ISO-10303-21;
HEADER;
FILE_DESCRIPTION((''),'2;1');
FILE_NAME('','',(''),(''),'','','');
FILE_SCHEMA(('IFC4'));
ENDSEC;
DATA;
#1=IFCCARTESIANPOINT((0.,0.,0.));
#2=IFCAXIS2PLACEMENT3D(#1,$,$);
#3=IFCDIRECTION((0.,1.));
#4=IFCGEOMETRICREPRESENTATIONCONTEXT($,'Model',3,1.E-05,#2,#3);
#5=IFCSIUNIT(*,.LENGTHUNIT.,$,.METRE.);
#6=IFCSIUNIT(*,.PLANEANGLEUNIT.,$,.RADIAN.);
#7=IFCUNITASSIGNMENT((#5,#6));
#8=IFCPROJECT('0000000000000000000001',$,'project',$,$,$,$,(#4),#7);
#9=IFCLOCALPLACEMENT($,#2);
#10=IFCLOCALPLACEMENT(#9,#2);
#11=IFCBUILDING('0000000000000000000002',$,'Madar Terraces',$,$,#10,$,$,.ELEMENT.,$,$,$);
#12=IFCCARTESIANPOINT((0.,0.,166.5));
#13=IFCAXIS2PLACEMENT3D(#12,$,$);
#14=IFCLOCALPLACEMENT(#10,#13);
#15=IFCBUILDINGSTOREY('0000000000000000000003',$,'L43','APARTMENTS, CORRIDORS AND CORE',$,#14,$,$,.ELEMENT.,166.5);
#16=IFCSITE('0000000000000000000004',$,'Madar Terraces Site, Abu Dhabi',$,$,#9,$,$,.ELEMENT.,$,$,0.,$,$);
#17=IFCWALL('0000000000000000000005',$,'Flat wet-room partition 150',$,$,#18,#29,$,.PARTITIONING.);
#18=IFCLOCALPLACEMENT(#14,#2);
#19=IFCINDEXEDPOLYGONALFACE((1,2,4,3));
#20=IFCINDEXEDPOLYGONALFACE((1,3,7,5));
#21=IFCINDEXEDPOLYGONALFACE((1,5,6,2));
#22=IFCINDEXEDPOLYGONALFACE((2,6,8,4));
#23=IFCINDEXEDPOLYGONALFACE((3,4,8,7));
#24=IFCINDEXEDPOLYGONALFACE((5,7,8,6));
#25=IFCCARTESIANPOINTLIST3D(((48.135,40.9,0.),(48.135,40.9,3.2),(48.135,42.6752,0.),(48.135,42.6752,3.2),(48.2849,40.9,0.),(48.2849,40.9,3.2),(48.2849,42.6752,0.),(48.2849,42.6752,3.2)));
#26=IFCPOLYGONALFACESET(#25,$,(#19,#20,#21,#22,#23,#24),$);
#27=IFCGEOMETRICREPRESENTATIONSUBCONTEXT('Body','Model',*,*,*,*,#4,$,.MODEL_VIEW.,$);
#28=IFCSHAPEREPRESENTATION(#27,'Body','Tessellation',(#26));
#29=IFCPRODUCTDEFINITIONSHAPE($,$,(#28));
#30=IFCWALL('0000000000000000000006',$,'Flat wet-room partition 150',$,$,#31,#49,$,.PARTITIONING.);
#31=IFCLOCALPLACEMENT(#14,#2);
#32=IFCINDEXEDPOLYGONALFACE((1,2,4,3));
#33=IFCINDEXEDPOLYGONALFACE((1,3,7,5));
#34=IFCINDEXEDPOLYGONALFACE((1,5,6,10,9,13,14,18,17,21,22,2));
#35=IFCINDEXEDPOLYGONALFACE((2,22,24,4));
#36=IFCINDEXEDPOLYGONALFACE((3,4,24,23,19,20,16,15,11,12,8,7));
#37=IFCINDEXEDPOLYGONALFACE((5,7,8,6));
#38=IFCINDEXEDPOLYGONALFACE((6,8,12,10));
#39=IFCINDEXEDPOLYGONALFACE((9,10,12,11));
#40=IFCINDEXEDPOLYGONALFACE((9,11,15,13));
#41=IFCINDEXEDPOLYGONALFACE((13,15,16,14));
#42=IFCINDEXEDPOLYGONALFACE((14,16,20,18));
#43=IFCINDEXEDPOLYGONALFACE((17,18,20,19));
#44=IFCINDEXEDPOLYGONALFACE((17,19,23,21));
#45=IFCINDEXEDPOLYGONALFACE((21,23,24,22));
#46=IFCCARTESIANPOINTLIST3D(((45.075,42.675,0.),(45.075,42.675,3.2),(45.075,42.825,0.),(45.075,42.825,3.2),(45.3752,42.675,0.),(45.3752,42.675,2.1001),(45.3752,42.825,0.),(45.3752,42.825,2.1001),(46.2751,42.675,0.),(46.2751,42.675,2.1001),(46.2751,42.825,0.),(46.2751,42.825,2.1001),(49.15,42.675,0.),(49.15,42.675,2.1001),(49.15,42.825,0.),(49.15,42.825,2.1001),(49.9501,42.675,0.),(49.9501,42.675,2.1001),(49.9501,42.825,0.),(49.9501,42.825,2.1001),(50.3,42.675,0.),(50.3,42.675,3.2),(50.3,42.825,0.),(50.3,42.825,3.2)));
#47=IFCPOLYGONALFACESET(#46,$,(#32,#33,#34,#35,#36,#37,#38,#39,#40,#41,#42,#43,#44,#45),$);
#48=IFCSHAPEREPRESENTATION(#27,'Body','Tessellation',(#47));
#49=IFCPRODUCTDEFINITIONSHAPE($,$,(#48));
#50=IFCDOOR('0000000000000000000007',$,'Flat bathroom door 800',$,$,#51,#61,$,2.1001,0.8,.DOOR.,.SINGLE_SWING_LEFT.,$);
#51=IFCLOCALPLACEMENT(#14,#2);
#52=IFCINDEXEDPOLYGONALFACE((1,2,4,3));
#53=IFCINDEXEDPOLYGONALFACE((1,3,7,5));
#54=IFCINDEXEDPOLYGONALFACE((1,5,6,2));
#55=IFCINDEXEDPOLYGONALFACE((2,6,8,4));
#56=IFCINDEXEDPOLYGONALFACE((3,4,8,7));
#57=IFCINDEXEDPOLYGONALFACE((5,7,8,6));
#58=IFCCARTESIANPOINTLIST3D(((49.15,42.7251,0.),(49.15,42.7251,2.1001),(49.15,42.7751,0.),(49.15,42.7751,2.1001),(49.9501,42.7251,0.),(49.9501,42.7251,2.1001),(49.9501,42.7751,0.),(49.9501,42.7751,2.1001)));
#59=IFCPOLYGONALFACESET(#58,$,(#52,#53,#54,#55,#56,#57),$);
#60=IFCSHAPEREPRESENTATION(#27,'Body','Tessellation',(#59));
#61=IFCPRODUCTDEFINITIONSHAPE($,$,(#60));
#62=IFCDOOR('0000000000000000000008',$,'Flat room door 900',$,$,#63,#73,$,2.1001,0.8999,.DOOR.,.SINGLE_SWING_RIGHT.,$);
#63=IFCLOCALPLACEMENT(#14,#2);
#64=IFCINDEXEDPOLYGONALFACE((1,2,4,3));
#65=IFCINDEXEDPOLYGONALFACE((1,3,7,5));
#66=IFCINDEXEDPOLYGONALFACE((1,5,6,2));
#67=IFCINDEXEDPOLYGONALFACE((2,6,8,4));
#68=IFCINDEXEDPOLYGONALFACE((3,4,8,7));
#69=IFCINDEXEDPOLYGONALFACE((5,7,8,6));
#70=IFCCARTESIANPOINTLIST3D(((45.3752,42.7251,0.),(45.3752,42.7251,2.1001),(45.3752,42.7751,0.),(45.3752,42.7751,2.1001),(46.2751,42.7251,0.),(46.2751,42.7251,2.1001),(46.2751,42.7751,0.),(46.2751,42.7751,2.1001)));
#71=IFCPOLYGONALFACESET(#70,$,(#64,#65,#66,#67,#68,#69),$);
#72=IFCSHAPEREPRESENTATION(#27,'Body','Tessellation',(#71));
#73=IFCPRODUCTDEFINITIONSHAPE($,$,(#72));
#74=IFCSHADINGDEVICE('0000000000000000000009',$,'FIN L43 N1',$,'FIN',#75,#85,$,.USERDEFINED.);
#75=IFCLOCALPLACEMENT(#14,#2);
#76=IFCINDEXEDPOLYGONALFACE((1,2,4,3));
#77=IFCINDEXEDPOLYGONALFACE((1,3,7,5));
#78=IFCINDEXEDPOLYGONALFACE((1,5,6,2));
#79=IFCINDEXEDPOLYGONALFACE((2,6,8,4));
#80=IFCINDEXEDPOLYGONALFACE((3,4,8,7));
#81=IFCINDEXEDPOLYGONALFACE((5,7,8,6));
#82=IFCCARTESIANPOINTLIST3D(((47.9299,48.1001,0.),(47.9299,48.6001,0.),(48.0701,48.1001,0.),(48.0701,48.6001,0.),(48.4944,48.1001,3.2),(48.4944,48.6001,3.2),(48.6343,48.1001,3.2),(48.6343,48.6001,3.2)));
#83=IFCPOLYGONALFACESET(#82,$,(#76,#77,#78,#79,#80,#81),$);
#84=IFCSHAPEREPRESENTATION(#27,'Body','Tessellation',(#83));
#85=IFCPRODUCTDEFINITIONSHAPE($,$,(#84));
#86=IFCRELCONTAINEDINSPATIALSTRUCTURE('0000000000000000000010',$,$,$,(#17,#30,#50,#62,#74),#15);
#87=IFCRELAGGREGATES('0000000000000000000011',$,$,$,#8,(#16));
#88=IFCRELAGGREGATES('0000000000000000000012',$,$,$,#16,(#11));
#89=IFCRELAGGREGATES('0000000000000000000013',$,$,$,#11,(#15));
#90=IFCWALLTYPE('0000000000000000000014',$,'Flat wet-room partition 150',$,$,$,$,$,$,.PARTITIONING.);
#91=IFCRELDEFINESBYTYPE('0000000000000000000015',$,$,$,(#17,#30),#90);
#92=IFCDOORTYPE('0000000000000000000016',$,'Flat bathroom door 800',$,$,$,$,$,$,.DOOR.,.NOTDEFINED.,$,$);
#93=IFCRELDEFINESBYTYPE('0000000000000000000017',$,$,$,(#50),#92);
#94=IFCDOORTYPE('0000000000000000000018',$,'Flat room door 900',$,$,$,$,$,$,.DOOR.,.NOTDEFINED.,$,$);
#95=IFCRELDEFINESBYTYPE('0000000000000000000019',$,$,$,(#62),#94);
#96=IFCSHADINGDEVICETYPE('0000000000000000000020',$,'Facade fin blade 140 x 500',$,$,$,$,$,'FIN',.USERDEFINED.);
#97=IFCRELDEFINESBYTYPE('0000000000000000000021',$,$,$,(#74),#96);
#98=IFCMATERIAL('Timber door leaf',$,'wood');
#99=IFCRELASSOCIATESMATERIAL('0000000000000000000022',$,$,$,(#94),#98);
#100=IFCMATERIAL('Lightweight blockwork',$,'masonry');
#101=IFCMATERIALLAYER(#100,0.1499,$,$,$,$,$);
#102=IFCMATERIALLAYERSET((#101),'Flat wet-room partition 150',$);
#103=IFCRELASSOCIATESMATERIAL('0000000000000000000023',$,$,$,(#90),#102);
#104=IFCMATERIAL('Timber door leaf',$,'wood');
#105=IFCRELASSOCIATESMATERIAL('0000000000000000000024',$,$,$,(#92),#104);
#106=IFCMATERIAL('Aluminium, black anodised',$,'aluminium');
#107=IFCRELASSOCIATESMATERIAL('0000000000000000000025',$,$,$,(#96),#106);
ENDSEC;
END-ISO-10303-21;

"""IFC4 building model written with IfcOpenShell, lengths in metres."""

from ifc_helpers import new_model, si_unit, direction, frame, frame_2d, origin, place, context, subcontext, project, spatial, polyline, rectangle, outline, extrude, material, layer, layer_set, type_object, element, fill, save


model = new_model("IFC4")

# Units and contexts
model_context = context("Model", 3, precision=1e-05, world=origin(), true_north=direction((0.0, 1.0)))
body_context = subcontext(model_context, "Body", "Model", "MODEL_VIEW")
ifc_project = project(units=[si_unit("LENGTHUNIT", "METRE"), si_unit("PLANEANGLEUNIT", "RADIAN")], contexts=[model_context])

# Site, building, storey
site_placement = place(None, origin())
site = spatial("IfcSite", under=ifc_project, at=site_placement, Name="Madar Terraces Site, Abu Dhabi", CompositionType="ELEMENT", RefElevation=0.0)
building_placement = place(site_placement, origin())
building = spatial("IfcBuilding", under=site, at=building_placement, Name="Madar Terraces", CompositionType="ELEMENT")
storey_placement = place(building_placement, frame((0.0, 0.0, 166.5)))
storey = spatial("IfcBuildingStorey", under=building, at=storey_placement, Name="L43", Description="APARTMENTS, CORRIDORS AND CORE", CompositionType="ELEMENT", Elevation=166.5)

# Shared definitions
ifc_material_1 = material(Name="Timber door leaf", Category="wood")
door_type_1 = type_object("IfcDoorType", Name="Flat room door 900", OperationType="NOTDEFINED", PredefinedType="DOOR", material=ifc_material_1)

# Wall
ifc_material_2 = material(Name="Lightweight blockwork", Category="masonry")
ifc_layer_1 = layer(ifc_material_2, 0.1499)
ifc_layer_set_1 = layer_set([ifc_layer_1], Name="Flat wet-room partition 150")
wall_type_1 = type_object("IfcWallType", Name="Flat wet-room partition 150", PredefinedType="PARTITIONING", material=ifc_layer_set_1)
wall_1_placement = place(storey_placement, frame((48.21, 40.8999, 0.0), z_axis=(0.0, 0.0, 1.0), x_axis=(0.0, 1.0, 0.0)))
element("IfcWall", 1, at=wall_1_placement, inside=storey, type_object=wall_type_1, Name="Flat wet-room partition 150", PredefinedType="PARTITIONING", context=body_context, shape_type="SweptSolid", body=[
    extrude(rectangle(XDim=1.7751, YDim=0.1499, at=frame_2d((0.8877, 0.0))), origin(), (0.0, 0.0, 1.0), 3.2),
])

# Wall, openings, doors
wall_2_placement = place(storey_placement, frame((50.3, 42.75, 0.0), z_axis=(0.0, 0.0, 1.0), x_axis=(-1.0, 0.0, 0.0)))
wall_2 = element("IfcWall", 2, at=wall_2_placement, inside=storey, type_object=wall_type_1, Name="Flat wet-room partition 150", PredefinedType="PARTITIONING", context=body_context, shape_type="SweptSolid", body=[
    extrude(rectangle(XDim=5.2251, YDim=0.1499, at=frame_2d((2.6125, 0.0))), origin(), (0.0, 0.0, 1.0), 3.2),
])
opening_1_placement = place(wall_2_placement, frame((4.0249, 0.0, 0.0)))
opening_1 = element("IfcOpeningElement", 3, at=opening_1_placement, cuts=wall_2, PredefinedType="OPENING", context=body_context, shape_type="SweptSolid", body=[
    extrude(rectangle(XDim=0.8999, YDim=2.1001, at=frame_2d((0.45, 1.05))), frame((0.0, 0.085, 0.0), z_axis=(0.0, -1.0, 0.0), x_axis=(1.0, 0.0, 0.0)), (0.0, 0.0, 1.0), 0.1699),
])
opening_2_placement = place(wall_2_placement, frame((0.3501, 0.0, 0.0)))
opening_2 = element("IfcOpeningElement", 4, at=opening_2_placement, cuts=wall_2, PredefinedType="OPENING", context=body_context, shape_type="SweptSolid", body=[
    extrude(rectangle(XDim=0.8, YDim=2.1001, at=frame_2d((0.3999, 1.05))), frame((0.0, 0.085, 0.0), z_axis=(0.0, -1.0, 0.0), x_axis=(1.0, 0.0, 0.0)), (0.0, 0.0, 1.0), 0.1699),
])
ifc_material_3 = material(Name="Timber door leaf", Category="wood")
door_type_2 = type_object("IfcDoorType", Name="Flat bathroom door 800", OperationType="NOTDEFINED", PredefinedType="DOOR", material=ifc_material_3)
door_1_placement = place(opening_2_placement, origin())
door_1 = element("IfcDoor", 5, at=door_1_placement, inside=storey, type_object=door_type_2, Name="Flat bathroom door 800", OperationType="SINGLE_SWING_LEFT", OverallHeight=2.1001, OverallWidth=0.8, PredefinedType="DOOR", context=body_context, shape_type="SweptSolid", body=[
    extrude(rectangle(XDim=0.8, YDim=2.1001, at=frame_2d((0.3999, 1.05))), frame((0.0, 0.0249, 0.0), z_axis=(0.0, -1.0, 0.0), x_axis=(1.0, 0.0, 0.0)), (0.0, 0.0, 1.0), 0.05),
])
fill(opening_2, door_1)
door_2_placement = place(opening_1_placement, origin())
door_2 = element("IfcDoor", 6, at=door_2_placement, inside=storey, type_object=door_type_1, Name="Flat room door 900", OperationType="SINGLE_SWING_RIGHT", OverallHeight=2.1001, OverallWidth=0.8999, PredefinedType="DOOR", context=body_context, shape_type="SweptSolid", body=[
    extrude(rectangle(XDim=0.8999, YDim=2.1001, at=frame_2d((0.45, 1.05))), frame((0.0, 0.0249, 0.0), z_axis=(0.0, -1.0, 0.0), x_axis=(1.0, 0.0, 0.0)), (0.0, 0.0, 1.0), 0.05),
])
fill(opening_1, door_2)

# Shading device
ifc_material_4 = material(Name="Aluminium, black anodised", Category="aluminium")
shading_device_type = type_object("IfcShadingDeviceType", Name="Facade fin blade 140 x 500", ElementType="FIN", PredefinedType="USERDEFINED", material=ifc_material_4)
shading_device_placement = place(storey_placement, frame((48.0701, 48.3501, 0.0), z_axis=(0.0, 0.0, 1.0), x_axis=(-1.0, 0.0, 0.0)))
element("IfcShadingDevice", 7, at=shading_device_placement, inside=storey, type_object=shading_device_type, Name="FIN L43 N1", ObjectType="FIN", PredefinedType="USERDEFINED", context=body_context, shape_type="SweptSolid", body=[
    extrude(outline(polyline([(0.0, 0.0), (0.1401, 0.0), (-0.4243, 3.2), (-0.5642, 3.2), (0.0, 0.0)])), frame((0.0, 0.25, 0.0), z_axis=(0.0, -1.0, 0.0), x_axis=(1.0, 0.0, 0.0)), (0.0, 0.0, 1.0), 0.5),
])

save(model, "model.ifc")
